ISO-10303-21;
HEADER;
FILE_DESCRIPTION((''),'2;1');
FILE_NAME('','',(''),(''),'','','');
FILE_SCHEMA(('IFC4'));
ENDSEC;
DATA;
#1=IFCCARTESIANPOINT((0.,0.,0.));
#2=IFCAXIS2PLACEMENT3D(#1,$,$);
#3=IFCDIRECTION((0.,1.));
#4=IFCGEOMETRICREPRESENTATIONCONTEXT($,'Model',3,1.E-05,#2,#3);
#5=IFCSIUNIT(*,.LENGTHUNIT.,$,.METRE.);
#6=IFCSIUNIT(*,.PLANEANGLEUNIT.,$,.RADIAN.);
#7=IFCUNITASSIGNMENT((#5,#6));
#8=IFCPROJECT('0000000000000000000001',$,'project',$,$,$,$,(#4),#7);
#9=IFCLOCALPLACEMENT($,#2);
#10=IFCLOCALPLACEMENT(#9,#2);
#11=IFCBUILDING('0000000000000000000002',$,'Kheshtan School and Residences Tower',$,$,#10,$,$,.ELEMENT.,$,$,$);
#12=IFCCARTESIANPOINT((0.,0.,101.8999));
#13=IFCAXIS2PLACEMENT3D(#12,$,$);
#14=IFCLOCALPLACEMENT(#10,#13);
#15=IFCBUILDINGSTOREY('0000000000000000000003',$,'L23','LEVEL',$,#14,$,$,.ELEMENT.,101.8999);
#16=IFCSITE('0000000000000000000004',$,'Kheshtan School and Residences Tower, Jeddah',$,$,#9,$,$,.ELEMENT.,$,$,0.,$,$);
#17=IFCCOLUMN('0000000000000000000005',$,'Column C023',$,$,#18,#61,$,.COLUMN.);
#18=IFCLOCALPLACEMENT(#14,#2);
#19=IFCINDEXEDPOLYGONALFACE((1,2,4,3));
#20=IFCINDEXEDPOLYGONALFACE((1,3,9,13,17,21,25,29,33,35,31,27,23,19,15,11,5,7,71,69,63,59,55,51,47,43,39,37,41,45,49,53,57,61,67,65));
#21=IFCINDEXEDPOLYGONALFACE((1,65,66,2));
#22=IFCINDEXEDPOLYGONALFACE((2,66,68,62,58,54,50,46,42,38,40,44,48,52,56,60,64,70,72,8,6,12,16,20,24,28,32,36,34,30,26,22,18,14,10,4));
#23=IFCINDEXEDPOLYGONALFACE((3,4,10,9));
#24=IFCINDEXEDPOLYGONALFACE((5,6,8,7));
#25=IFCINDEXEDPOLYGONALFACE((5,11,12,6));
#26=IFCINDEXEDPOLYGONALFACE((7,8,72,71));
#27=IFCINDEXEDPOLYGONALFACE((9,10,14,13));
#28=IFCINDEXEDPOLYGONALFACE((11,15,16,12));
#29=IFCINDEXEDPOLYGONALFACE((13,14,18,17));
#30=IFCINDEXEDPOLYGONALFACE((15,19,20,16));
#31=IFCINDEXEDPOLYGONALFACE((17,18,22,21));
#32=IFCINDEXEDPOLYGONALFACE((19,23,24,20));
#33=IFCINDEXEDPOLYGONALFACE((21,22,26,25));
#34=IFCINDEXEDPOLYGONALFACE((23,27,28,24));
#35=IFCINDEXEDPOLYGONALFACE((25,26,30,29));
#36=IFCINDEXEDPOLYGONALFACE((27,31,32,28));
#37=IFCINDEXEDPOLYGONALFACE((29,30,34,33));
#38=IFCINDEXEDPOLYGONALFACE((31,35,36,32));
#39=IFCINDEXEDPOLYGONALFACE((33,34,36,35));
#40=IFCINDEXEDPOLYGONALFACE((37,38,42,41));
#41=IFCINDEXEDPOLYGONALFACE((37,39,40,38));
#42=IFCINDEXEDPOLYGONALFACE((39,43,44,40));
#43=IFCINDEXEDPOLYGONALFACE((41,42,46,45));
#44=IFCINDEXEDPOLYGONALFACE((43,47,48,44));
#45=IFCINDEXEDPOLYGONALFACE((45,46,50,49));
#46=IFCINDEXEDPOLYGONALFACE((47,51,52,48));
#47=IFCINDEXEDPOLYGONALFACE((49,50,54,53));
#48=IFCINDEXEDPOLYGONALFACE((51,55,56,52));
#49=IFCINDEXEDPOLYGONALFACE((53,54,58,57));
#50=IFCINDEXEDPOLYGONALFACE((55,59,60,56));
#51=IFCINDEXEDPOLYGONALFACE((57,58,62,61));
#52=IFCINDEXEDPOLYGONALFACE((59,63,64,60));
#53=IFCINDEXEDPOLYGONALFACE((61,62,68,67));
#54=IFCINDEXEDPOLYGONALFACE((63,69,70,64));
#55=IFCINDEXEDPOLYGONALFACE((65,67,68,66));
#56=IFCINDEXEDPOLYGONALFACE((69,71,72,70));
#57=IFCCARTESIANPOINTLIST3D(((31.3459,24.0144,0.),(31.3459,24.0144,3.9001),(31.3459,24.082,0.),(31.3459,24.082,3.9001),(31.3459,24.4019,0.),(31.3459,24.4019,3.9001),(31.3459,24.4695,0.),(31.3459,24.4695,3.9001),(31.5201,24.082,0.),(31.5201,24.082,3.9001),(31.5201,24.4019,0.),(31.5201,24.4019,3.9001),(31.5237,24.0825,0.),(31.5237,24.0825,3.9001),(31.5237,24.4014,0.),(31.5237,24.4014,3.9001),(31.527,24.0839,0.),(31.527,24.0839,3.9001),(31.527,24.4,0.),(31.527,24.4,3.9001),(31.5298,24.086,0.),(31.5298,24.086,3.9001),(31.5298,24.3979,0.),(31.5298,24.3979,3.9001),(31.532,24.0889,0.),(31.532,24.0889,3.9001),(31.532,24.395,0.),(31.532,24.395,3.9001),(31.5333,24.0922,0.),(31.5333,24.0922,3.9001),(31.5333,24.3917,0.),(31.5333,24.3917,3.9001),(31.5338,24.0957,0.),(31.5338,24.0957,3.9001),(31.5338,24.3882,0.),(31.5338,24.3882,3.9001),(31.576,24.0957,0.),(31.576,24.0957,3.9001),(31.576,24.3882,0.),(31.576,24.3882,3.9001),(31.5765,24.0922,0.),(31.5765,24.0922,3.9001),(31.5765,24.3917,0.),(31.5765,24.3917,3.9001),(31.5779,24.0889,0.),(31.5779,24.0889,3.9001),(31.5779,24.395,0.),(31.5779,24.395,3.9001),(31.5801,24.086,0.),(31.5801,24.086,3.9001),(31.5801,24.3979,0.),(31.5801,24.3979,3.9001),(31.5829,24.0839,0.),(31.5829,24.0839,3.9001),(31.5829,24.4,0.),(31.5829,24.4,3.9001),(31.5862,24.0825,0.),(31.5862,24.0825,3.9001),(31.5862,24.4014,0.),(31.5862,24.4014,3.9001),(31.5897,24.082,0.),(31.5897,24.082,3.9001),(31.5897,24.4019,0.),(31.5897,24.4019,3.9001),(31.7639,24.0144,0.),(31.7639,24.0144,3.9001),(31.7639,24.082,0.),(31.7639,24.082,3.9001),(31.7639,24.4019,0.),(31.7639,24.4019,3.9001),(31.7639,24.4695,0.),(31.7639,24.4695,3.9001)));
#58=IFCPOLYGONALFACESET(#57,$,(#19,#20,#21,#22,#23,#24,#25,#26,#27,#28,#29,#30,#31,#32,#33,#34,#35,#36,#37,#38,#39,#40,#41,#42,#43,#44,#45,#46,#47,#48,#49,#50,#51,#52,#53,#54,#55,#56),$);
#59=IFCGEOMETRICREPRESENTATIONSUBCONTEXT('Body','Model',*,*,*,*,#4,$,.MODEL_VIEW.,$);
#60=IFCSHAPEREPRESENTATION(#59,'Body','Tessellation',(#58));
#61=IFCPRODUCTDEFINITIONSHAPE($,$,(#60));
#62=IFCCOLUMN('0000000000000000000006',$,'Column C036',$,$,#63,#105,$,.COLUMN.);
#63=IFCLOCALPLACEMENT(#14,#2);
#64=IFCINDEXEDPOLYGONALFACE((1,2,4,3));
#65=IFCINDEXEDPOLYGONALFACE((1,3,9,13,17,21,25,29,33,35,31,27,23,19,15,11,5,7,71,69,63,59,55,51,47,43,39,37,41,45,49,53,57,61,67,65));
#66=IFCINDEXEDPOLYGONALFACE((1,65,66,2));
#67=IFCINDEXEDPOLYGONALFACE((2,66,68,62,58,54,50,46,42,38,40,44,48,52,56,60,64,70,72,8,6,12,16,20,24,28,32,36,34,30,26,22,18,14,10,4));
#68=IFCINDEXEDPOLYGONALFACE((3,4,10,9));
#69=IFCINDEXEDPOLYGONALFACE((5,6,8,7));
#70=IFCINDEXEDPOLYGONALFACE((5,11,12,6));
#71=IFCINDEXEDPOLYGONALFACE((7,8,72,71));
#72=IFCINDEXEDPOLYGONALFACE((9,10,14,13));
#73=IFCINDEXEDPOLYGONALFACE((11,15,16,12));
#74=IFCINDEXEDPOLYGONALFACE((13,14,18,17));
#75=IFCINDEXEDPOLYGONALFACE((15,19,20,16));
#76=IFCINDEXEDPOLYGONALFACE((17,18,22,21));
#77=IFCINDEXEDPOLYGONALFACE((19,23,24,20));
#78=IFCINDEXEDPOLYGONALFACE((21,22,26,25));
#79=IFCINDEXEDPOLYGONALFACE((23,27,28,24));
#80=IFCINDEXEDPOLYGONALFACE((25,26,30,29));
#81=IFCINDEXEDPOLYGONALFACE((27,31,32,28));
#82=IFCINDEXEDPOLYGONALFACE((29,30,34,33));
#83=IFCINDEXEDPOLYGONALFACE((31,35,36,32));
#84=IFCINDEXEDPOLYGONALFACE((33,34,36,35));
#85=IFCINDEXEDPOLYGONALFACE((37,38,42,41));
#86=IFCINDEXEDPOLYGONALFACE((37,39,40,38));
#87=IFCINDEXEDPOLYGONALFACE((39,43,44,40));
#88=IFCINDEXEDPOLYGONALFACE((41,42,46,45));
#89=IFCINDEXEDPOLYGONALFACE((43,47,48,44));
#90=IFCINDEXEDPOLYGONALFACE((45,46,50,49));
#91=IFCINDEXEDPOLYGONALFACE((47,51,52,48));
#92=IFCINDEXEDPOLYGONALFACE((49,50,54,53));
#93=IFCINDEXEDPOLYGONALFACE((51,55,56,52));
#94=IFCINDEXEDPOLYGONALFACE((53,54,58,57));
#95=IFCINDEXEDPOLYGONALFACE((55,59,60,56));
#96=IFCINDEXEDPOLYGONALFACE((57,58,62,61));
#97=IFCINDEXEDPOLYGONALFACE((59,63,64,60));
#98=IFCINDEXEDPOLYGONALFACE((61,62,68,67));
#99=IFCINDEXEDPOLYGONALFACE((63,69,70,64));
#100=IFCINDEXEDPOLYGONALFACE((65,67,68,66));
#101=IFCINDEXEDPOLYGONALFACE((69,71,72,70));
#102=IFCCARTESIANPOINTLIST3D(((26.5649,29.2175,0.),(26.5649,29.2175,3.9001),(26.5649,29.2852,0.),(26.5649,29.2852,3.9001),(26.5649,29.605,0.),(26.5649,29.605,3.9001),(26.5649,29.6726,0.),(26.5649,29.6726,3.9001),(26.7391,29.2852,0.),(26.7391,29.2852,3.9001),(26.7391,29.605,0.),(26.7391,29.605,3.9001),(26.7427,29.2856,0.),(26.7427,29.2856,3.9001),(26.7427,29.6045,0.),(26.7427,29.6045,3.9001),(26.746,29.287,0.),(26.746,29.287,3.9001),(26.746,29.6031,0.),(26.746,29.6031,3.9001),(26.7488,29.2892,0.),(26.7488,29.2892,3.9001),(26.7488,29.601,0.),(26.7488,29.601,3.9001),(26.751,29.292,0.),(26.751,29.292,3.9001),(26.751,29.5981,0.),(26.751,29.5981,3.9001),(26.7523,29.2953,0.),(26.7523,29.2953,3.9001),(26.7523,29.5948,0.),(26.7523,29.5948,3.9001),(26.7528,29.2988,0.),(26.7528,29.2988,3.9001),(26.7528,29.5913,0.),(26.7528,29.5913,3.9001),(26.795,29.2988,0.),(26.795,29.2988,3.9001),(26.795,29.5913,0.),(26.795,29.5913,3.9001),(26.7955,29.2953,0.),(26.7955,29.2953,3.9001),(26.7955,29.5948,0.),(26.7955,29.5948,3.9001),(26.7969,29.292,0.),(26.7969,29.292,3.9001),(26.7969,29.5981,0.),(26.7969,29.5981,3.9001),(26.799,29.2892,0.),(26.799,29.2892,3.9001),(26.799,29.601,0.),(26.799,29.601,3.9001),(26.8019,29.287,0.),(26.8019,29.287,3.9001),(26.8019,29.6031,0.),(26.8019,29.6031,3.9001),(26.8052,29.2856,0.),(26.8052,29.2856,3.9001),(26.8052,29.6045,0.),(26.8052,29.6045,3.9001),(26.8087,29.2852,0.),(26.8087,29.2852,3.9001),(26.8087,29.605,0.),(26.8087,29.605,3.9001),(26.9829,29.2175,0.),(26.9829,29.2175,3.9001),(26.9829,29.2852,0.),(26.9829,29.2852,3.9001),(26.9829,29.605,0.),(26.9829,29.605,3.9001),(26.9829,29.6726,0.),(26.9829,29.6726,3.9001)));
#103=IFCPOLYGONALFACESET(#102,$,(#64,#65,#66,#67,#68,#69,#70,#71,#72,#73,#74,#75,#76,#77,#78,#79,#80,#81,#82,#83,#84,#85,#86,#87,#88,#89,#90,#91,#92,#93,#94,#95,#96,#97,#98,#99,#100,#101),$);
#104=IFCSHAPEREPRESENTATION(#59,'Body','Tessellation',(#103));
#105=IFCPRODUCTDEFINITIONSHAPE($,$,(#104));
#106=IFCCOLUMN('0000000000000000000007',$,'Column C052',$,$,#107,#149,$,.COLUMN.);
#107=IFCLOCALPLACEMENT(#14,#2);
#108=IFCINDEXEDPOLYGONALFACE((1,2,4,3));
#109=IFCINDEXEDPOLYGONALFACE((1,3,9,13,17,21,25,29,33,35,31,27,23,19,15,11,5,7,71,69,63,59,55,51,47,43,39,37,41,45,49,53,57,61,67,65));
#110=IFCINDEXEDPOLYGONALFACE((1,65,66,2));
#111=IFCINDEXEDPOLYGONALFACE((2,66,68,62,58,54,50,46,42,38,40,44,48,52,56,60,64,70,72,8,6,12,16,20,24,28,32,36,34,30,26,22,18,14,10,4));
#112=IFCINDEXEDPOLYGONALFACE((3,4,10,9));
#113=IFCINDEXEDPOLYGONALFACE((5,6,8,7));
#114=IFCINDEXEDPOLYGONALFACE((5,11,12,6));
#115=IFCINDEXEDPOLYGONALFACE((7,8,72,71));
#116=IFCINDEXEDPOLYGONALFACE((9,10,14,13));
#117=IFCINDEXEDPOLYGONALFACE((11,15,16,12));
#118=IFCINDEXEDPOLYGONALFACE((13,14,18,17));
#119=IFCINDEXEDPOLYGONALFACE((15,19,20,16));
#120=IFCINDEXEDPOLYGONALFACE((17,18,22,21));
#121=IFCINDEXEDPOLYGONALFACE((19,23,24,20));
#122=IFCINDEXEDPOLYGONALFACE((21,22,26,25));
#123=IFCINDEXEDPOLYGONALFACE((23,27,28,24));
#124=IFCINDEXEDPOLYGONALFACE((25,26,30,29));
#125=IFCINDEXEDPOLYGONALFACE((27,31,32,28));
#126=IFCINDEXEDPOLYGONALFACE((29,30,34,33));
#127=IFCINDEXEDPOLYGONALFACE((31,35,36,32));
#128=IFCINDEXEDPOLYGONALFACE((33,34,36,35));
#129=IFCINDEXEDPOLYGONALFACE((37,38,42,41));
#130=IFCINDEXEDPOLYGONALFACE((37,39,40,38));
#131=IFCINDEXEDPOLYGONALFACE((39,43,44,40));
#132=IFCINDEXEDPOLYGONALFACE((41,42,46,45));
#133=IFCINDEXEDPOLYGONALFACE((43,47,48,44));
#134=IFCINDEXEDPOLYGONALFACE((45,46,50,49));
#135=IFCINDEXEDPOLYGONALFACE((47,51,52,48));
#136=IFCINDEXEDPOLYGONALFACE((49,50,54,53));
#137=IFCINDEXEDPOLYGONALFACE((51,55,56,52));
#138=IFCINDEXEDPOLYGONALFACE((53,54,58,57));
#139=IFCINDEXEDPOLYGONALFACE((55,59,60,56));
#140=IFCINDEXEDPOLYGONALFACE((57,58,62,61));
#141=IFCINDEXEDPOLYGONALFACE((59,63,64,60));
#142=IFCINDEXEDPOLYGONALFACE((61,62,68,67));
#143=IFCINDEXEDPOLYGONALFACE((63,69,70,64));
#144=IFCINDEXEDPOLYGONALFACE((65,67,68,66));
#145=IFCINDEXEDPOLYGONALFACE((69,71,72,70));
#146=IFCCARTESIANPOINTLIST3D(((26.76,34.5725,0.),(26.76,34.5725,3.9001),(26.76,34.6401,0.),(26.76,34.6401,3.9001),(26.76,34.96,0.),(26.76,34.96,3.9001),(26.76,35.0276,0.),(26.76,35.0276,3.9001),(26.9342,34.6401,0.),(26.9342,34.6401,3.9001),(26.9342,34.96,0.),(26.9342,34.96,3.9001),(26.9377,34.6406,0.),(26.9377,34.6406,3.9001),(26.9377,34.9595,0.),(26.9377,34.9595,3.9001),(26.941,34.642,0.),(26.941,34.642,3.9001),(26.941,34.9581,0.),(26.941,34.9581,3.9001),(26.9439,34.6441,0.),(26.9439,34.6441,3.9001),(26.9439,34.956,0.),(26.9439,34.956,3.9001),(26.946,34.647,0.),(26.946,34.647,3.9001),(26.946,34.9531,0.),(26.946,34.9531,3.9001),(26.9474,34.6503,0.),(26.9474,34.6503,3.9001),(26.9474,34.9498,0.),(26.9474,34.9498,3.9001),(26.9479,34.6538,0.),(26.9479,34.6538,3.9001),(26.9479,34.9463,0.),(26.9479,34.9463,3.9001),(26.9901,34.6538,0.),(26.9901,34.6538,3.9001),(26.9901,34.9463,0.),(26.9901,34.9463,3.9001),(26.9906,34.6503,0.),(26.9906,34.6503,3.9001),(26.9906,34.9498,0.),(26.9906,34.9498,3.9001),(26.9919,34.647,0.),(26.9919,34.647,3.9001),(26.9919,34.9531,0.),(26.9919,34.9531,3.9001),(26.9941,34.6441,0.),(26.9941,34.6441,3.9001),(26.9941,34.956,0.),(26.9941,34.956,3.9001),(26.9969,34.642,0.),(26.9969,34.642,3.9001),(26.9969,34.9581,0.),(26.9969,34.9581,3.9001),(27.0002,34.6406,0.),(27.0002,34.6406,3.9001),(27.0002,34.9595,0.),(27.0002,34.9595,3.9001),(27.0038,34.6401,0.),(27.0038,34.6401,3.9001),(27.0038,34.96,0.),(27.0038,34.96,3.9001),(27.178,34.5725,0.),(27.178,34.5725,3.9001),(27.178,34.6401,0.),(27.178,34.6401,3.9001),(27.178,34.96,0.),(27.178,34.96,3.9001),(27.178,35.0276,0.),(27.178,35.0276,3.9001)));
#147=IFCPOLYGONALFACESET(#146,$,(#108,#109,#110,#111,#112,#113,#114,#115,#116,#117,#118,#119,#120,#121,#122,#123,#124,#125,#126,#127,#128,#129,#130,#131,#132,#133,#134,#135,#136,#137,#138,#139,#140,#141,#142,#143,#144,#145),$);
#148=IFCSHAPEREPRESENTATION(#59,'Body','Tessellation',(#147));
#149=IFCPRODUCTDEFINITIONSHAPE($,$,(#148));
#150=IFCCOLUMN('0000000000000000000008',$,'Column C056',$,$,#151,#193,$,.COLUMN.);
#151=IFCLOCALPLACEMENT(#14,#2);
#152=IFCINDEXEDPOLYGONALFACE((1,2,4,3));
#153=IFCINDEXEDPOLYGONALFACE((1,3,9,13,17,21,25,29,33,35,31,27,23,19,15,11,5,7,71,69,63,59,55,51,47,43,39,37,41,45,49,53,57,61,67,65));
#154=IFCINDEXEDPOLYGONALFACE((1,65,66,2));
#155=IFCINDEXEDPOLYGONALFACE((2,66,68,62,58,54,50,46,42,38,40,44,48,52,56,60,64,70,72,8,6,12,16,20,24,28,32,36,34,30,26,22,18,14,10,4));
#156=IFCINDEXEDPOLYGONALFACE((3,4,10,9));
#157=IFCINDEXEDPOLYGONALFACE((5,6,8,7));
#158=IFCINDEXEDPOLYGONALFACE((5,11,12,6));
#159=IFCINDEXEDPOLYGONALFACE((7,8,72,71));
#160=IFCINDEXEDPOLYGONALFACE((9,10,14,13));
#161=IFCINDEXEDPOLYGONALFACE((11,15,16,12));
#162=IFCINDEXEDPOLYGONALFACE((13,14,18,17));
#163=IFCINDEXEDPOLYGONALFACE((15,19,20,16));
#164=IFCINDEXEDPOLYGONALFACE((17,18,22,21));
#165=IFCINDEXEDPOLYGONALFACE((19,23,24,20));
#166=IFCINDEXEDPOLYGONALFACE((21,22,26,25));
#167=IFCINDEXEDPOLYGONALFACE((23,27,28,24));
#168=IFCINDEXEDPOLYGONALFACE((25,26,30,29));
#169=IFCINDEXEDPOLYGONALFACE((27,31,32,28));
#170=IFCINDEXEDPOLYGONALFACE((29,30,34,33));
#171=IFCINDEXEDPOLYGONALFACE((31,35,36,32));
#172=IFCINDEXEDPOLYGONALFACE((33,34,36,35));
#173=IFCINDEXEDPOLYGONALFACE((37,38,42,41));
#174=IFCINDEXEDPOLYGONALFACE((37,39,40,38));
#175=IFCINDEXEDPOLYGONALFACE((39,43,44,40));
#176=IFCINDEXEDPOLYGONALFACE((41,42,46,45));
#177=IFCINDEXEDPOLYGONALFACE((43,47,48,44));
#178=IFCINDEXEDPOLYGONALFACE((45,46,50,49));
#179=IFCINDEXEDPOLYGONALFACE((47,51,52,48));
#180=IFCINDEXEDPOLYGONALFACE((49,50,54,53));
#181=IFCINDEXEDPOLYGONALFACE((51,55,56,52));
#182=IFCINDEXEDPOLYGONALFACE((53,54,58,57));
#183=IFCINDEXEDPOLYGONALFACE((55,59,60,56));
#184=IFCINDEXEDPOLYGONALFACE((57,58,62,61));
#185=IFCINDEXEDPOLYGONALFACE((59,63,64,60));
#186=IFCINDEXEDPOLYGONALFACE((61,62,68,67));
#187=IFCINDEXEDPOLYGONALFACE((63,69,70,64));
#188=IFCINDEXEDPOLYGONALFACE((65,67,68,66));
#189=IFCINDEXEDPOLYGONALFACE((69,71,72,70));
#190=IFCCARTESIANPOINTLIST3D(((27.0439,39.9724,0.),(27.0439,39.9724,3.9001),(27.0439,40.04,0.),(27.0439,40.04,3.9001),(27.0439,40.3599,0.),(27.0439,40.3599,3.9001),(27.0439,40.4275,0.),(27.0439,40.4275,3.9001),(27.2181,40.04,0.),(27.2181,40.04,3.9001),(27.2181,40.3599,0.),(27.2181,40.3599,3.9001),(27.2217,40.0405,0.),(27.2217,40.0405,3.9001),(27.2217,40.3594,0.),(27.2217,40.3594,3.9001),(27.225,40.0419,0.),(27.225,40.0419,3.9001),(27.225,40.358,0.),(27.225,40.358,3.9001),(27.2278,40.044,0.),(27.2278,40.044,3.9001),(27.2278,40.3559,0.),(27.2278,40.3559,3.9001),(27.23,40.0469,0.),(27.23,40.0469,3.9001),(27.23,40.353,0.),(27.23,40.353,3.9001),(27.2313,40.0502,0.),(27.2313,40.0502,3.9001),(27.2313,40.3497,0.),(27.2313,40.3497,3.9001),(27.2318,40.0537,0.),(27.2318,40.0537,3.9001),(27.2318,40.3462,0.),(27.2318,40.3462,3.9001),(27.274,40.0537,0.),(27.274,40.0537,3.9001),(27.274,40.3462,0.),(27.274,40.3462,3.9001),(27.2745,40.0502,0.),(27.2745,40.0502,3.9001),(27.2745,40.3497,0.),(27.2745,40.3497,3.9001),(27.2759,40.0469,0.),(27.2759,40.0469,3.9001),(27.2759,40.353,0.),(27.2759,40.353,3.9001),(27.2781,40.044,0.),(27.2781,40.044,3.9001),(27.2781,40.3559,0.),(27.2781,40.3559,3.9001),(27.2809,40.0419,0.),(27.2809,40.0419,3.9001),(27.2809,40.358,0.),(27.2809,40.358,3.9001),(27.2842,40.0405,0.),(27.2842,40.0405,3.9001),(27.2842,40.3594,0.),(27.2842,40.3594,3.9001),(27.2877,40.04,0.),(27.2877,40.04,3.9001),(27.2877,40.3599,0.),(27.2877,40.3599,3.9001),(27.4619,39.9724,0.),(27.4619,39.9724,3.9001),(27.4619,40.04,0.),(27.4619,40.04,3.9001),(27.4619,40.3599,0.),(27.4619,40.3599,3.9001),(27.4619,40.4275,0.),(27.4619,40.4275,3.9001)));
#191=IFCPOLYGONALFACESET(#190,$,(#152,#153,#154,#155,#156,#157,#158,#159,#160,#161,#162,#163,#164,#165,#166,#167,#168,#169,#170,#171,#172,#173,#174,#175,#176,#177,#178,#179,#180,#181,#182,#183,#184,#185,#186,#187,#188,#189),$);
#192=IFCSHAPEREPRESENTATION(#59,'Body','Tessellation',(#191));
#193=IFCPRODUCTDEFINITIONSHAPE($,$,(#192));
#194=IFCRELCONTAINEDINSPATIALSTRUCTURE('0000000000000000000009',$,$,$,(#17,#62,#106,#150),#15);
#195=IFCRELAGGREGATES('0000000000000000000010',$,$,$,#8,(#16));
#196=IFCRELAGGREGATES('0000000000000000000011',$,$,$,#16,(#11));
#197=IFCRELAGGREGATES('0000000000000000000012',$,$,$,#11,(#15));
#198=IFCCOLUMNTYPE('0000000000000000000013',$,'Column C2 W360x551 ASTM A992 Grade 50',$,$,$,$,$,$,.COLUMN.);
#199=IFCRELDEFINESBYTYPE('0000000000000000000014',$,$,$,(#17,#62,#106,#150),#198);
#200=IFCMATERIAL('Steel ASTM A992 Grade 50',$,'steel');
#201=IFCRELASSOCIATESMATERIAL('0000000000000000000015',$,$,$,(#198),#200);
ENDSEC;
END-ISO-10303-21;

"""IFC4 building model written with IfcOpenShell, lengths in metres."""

from ifc_helpers import new_model, si_unit, direction, frame, origin, origin_2d, place, context, subcontext, project, spatial, i_section, extrude, material, material_profile, profile_set, type_object, element, save


model = new_model("IFC4")

# Units and contexts
model_context = context("Model", 3, precision=1e-05, world=origin(), true_north=direction((0.0, 1.0)))
body_context = subcontext(model_context, "Body", "Model", "MODEL_VIEW")
ifc_project = project(units=[si_unit("LENGTHUNIT", "METRE"), si_unit("PLANEANGLEUNIT", "RADIAN")], contexts=[model_context])

# Site, building, storey
site_placement = place(None, origin())
site = spatial("IfcSite", under=ifc_project, at=site_placement, Name="Kheshtan School and Residences Tower, Jeddah", CompositionType="ELEMENT", RefElevation=0.0)
building_placement = place(site_placement, origin())
building = spatial("IfcBuilding", under=site, at=building_placement, Name="Kheshtan School and Residences Tower", CompositionType="ELEMENT")
storey_placement = place(building_placement, frame((0.0, 0.0, 101.8999)))
storey = spatial("IfcBuildingStorey", under=building, at=storey_placement, Name="L23", Description="LEVEL", CompositionType="ELEMENT", Elevation=101.8999)

# Columns
ifc_material_1 = material(Name="Steel ASTM A992 Grade 50", Category="steel")
ifc_material_profile_1 = material_profile(ifc_material_1, i_section(OverallWidth=0.418, OverallDepth=0.4551, WebThickness=0.0422, FlangeThickness=0.0676, FilletRadius=0.0137, at=origin_2d()), Name="W360x551")
ifc_profile_set_1 = profile_set([ifc_material_profile_1], Name="Steel ASTM A992 Grade 50")
column_type = type_object("IfcColumnType", Name="Column C2 W360x551 ASTM A992 Grade 50", PredefinedType="COLUMN", material=ifc_profile_set_1)
for number, where, z_axis, x_axis, name in (
    (1, (31.5549, 24.2419, 0.0), (0.0, 0.0, 1.0), (1.0, 0.0, 0.0), "Column C023"),
    (2, (26.7739, 29.4451, 0.0), (0.0, 0.0, 1.0), (1.0, 0.0, 0.0), "Column C036"),
    (3, (26.969, 34.8, 0.0), (0.0, 0.0, 1.0), (1.0, 0.0, 0.0), "Column C052"),
    (4, (27.2529, 40.2, 0.0), (0.0, 0.0, 1.0), (1.0, 0.0, 0.0), "Column C056"),
):
    element("IfcColumn", number, at=place(storey_placement, frame(where, z_axis=z_axis, x_axis=x_axis)), inside=storey, type_object=column_type, Name=name, PredefinedType="COLUMN", context=body_context, shape_type="SweptSolid", body=[
        extrude(i_section(OverallWidth=0.418, OverallDepth=0.4551, WebThickness=0.0422, FlangeThickness=0.0676, FilletRadius=0.0137, at=origin_2d()), origin(), (0.0, 0.0, 1.0), 3.9001),
    ])

save(model, "model.ifc")
